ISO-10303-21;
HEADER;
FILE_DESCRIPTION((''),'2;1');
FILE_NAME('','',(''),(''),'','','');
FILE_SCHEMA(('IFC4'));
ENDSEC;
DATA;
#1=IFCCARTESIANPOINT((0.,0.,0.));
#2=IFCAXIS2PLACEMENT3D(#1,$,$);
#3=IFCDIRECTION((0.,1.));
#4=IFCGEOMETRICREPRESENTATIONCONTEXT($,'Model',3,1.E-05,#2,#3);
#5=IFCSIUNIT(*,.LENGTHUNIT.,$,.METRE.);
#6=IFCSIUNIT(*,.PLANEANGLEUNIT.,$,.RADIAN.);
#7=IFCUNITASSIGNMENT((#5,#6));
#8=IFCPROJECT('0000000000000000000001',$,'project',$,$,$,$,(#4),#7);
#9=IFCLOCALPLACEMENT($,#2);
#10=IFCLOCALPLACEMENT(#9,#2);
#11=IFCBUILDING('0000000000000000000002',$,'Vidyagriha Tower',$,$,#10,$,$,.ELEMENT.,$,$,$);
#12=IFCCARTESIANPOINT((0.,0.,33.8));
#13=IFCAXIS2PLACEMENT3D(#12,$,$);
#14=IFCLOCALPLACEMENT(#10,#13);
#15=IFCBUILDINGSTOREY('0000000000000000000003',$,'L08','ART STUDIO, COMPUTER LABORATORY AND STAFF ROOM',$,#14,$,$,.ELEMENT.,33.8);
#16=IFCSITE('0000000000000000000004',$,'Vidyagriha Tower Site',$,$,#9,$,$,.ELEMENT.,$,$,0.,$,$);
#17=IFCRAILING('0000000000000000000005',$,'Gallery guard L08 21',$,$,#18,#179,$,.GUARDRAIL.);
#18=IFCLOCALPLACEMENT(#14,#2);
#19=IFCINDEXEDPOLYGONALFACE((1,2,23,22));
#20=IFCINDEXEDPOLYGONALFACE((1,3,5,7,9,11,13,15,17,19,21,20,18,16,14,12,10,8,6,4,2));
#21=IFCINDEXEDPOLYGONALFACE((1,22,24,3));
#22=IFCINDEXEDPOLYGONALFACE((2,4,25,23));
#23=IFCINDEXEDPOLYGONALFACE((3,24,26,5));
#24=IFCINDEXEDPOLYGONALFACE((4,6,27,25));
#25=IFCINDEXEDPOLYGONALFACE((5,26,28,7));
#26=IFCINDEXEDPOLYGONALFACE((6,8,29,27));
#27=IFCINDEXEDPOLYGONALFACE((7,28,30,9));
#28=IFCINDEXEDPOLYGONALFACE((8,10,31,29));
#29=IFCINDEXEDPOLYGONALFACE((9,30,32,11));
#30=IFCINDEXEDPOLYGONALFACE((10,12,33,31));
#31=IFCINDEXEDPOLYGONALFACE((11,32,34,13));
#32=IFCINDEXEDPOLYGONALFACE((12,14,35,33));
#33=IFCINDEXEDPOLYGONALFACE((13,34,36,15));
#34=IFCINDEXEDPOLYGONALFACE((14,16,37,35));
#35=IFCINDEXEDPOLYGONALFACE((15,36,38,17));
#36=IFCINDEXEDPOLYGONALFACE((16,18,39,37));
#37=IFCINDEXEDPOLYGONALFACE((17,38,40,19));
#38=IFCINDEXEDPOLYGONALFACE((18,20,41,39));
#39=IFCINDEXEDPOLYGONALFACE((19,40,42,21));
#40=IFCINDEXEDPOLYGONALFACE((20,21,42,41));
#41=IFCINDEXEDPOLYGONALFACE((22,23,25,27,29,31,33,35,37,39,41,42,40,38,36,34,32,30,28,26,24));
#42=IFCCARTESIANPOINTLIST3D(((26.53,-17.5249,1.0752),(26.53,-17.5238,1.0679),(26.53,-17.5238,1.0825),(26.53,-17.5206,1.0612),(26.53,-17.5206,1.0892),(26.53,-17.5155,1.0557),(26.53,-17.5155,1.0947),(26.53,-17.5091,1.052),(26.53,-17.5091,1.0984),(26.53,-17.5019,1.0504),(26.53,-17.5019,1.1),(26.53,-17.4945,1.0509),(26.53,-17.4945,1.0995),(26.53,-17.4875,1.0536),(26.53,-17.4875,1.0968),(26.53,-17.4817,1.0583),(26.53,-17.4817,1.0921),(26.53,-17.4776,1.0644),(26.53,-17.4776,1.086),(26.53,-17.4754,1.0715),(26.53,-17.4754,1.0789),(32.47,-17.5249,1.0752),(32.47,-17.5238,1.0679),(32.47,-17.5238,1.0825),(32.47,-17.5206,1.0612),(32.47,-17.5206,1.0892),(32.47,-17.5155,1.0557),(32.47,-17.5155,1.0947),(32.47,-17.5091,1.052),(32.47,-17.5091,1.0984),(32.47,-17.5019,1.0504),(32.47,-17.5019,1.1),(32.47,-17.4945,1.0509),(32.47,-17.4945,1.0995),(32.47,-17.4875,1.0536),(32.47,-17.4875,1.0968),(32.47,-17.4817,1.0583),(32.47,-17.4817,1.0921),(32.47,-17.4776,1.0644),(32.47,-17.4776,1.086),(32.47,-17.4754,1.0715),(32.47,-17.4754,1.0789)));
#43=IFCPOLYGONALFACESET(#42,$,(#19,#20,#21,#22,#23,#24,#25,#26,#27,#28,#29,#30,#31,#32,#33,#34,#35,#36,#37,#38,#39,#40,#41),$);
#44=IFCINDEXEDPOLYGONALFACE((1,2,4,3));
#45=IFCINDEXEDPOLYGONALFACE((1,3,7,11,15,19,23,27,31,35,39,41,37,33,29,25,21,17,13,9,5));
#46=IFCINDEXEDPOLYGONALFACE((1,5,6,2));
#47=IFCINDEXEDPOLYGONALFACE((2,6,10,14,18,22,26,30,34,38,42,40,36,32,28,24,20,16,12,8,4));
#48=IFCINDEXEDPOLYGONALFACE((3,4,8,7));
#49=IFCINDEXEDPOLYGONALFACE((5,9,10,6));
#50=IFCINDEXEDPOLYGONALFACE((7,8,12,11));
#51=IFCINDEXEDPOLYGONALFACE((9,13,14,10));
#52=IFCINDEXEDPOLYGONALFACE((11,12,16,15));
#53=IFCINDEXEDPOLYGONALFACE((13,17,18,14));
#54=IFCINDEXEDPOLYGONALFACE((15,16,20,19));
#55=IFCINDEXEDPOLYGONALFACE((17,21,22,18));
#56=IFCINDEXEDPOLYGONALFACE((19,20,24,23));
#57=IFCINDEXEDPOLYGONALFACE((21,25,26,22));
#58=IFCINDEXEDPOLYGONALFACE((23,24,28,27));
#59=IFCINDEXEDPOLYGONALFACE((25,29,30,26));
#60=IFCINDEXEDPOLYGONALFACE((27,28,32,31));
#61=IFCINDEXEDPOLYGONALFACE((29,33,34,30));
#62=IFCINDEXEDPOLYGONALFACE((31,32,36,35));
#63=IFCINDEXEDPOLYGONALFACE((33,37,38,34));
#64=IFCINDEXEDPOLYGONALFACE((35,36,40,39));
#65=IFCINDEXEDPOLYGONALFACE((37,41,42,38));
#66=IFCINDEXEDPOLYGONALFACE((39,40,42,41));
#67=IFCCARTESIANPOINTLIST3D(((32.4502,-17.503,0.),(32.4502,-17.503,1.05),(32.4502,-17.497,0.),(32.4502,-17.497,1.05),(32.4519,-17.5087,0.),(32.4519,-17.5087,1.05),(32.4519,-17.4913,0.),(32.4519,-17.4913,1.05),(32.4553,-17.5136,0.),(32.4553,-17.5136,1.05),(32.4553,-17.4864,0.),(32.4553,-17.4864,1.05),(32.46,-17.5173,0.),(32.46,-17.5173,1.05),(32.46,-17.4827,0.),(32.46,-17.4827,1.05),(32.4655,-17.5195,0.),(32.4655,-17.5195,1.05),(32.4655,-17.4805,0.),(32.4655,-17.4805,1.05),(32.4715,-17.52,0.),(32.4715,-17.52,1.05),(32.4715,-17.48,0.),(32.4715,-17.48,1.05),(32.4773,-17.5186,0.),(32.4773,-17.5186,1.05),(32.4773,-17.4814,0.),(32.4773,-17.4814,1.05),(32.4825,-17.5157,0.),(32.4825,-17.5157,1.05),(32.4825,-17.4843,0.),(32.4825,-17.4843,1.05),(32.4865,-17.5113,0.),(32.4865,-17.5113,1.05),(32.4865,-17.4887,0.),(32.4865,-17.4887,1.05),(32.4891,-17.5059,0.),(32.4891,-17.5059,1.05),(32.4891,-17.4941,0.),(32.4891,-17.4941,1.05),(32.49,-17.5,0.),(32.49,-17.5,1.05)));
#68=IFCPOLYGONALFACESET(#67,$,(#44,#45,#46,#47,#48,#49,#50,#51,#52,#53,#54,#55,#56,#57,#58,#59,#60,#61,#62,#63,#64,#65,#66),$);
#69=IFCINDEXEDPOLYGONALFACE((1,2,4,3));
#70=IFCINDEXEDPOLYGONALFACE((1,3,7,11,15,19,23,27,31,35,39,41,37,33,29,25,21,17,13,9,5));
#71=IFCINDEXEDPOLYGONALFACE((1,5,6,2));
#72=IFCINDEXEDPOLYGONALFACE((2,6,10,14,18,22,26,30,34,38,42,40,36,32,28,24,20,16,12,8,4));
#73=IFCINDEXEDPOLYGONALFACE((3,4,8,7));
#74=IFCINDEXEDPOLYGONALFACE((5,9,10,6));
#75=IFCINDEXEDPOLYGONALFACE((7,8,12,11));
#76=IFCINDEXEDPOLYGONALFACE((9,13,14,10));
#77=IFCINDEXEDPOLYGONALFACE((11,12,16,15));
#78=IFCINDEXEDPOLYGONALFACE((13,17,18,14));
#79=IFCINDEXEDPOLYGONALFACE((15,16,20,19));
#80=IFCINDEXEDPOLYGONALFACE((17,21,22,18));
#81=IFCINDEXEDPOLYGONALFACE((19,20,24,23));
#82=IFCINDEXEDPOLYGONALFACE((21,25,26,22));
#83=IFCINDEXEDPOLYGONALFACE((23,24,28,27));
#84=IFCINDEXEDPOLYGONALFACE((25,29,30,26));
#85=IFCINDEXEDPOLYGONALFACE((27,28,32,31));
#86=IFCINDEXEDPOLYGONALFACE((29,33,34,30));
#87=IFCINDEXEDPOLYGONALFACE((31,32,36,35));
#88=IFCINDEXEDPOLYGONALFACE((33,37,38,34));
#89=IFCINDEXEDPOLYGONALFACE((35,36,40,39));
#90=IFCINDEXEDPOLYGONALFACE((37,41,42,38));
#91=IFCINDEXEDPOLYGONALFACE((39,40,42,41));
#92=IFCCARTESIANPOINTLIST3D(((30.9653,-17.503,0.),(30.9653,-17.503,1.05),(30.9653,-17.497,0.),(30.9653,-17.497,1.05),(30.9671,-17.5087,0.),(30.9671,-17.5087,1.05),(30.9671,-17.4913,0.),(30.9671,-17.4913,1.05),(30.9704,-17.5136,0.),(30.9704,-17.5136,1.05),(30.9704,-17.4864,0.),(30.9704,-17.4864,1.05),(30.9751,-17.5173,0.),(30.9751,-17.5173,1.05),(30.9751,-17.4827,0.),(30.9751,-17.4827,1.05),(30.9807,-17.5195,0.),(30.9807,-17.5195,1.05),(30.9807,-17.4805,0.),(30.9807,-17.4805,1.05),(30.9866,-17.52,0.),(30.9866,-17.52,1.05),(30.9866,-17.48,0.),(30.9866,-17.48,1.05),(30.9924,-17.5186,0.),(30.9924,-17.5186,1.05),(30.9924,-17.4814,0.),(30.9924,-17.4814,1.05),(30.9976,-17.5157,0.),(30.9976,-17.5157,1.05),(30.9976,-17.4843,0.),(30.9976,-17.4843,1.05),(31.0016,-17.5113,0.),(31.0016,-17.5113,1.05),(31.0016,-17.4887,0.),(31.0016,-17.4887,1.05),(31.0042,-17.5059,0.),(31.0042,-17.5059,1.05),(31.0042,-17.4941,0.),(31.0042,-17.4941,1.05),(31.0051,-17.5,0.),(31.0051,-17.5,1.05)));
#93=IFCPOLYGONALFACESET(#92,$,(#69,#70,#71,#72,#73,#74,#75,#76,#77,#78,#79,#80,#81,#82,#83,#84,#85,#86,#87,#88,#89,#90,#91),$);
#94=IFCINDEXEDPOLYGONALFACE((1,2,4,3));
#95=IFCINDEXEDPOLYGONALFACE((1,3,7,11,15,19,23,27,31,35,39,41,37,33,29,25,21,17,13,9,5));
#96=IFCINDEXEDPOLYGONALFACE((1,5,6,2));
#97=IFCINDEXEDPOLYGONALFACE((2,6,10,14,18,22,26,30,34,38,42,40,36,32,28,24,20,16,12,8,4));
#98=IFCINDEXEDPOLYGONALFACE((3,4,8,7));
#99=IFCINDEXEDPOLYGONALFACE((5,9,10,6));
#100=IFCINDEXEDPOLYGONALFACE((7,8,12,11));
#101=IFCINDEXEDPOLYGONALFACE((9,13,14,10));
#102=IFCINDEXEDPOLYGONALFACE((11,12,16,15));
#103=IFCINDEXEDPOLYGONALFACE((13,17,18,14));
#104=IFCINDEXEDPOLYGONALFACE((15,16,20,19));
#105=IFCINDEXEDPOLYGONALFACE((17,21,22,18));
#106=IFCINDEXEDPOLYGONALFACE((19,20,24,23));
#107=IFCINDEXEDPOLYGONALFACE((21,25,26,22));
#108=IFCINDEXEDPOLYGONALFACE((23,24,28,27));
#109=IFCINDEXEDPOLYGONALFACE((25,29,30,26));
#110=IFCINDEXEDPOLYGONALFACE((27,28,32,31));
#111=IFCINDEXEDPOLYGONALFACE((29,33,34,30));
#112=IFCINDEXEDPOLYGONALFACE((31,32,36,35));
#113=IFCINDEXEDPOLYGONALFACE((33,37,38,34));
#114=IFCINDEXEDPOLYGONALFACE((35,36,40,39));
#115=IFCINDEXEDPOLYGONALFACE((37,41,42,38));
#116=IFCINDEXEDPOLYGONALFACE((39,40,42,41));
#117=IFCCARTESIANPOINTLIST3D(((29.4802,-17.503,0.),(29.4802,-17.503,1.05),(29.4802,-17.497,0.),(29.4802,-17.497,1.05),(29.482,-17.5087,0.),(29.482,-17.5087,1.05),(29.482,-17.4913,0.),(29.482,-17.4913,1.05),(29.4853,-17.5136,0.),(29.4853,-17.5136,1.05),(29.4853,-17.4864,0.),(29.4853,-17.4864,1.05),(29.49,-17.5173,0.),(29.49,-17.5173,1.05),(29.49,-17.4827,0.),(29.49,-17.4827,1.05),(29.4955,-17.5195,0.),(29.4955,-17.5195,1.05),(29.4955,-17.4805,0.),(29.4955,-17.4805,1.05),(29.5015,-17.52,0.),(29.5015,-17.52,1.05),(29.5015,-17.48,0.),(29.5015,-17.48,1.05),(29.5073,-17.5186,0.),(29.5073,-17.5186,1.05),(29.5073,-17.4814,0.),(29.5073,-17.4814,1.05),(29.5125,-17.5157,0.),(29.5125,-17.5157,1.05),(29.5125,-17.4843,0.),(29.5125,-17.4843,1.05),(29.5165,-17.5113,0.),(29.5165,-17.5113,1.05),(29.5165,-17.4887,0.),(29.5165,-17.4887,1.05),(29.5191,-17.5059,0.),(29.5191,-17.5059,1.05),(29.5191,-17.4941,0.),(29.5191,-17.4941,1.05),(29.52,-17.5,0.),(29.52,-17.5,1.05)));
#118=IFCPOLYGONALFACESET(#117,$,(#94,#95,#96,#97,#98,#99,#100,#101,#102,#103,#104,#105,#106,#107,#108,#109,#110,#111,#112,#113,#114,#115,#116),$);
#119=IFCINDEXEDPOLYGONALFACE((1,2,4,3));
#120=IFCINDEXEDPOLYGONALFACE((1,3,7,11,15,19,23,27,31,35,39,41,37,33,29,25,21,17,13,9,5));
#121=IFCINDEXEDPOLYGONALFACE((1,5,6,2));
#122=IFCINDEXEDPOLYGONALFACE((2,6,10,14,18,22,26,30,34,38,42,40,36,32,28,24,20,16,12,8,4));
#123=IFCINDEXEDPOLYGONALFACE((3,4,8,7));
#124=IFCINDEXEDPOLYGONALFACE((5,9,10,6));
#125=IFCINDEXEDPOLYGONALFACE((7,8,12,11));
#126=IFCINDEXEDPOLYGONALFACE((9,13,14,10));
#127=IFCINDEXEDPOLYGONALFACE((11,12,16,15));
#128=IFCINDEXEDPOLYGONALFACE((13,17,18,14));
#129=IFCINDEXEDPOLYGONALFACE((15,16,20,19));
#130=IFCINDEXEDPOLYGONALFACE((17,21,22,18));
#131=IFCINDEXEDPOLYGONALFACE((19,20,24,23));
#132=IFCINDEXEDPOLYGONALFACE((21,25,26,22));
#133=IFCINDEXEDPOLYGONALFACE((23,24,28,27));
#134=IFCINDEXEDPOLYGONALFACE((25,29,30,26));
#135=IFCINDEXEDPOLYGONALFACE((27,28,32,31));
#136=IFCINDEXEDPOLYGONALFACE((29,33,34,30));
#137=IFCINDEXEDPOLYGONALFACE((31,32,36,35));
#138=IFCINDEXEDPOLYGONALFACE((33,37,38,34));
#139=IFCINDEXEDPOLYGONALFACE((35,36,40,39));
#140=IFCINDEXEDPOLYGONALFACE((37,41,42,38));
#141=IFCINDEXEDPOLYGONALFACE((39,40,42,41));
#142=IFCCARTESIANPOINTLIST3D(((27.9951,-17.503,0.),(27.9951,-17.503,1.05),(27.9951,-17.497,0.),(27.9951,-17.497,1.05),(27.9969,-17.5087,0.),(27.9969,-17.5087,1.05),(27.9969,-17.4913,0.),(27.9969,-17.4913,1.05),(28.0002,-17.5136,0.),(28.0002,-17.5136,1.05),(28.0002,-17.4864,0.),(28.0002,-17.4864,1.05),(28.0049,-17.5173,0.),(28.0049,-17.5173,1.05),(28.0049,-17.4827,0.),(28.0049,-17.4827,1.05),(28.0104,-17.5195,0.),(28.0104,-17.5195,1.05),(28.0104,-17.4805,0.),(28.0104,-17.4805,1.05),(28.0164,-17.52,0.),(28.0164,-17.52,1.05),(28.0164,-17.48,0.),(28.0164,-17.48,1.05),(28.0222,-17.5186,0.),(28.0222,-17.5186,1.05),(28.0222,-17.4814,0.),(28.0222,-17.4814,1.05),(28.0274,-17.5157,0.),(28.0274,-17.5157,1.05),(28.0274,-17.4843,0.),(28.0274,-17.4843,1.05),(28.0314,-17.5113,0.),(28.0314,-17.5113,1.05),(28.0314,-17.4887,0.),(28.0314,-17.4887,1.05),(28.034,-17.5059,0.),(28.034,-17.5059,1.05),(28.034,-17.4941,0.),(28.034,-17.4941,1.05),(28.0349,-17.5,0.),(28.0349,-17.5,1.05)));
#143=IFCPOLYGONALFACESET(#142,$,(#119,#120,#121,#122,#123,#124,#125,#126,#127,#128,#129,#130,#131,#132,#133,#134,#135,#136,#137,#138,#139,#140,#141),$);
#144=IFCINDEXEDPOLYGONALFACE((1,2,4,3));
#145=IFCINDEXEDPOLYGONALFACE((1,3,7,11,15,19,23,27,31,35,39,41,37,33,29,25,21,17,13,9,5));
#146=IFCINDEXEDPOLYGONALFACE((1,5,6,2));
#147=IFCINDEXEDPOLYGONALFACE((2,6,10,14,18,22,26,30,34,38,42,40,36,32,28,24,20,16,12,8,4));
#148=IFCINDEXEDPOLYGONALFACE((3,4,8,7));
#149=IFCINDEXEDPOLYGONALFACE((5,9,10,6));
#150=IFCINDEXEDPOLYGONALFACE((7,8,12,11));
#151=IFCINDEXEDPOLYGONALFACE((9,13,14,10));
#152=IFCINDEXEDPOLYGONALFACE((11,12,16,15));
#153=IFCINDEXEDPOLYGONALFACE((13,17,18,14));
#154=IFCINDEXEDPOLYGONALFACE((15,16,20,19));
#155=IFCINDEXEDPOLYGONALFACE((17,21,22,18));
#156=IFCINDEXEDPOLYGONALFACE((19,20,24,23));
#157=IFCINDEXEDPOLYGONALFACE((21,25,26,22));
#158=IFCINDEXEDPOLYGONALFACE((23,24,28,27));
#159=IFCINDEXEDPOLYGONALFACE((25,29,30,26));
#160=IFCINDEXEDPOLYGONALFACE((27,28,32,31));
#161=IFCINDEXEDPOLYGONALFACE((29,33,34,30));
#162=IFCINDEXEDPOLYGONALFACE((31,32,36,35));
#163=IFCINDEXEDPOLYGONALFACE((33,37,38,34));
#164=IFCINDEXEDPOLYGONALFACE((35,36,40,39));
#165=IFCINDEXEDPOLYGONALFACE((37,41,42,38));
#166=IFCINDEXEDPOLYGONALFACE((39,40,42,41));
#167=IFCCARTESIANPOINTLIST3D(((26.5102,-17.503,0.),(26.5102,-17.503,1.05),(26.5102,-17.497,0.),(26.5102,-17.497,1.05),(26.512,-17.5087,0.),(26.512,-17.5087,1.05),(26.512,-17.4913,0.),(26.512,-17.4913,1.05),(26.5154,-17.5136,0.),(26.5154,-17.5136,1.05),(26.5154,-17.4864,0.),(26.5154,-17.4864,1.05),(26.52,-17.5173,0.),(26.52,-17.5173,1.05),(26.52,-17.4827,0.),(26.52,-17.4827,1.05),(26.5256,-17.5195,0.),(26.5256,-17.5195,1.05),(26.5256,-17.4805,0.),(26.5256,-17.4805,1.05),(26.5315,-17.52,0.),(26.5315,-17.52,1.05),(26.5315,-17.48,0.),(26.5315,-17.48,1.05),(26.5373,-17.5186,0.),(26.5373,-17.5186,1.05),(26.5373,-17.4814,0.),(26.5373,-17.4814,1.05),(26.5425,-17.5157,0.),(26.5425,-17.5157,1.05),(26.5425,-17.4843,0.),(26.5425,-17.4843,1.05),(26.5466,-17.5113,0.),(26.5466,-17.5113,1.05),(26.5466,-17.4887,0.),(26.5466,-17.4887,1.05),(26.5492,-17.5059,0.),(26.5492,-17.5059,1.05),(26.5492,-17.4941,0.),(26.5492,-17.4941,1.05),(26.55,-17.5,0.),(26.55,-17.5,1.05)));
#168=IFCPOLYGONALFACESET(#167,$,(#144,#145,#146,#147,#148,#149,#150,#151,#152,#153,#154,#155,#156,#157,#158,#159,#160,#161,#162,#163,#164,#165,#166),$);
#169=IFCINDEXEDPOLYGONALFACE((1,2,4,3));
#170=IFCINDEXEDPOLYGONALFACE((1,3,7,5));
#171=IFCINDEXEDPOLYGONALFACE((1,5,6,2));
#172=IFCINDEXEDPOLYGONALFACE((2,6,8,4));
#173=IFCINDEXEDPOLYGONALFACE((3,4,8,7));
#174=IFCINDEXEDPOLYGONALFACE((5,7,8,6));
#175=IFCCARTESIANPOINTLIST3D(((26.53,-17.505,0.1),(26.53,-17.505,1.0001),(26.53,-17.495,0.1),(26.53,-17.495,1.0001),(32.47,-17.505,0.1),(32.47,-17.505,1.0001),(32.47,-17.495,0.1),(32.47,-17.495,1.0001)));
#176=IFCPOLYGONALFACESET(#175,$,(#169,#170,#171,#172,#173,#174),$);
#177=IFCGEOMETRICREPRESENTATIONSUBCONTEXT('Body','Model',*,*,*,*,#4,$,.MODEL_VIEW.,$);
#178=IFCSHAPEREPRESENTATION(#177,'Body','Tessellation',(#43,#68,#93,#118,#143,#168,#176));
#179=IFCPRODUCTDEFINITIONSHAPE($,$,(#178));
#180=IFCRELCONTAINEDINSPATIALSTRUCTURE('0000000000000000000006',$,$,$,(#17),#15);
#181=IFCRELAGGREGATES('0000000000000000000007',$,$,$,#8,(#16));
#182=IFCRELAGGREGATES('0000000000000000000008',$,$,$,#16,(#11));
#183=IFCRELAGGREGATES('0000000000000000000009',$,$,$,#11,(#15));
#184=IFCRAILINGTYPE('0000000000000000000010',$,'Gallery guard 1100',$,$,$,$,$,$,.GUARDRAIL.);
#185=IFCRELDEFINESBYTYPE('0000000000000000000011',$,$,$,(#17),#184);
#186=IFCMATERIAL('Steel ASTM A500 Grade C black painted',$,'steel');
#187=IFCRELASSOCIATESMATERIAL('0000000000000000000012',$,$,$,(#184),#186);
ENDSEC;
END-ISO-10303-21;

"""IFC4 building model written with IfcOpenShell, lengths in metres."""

from ifc_helpers import new_model, si_unit, direction, frame, origin, origin_2d, place, context, subcontext, project, spatial, rectangle, circle, extrude, material, type_object, element, save


model = new_model("IFC4")

# Units and contexts
model_context = context("Model", 3, precision=1e-05, world=origin(), true_north=direction((0.0, 1.0)))
body_context = subcontext(model_context, "Body", "Model", "MODEL_VIEW")
ifc_project = project(units=[si_unit("LENGTHUNIT", "METRE"), si_unit("PLANEANGLEUNIT", "RADIAN")], contexts=[model_context])

# Site, building, storey
site_placement = place(None, origin())
site = spatial("IfcSite", under=ifc_project, at=site_placement, Name="Vidyagriha Tower Site", CompositionType="ELEMENT", RefElevation=0.0)
building_placement = place(site_placement, origin())
building = spatial("IfcBuilding", under=site, at=building_placement, Name="Vidyagriha Tower", CompositionType="ELEMENT")
storey_placement = place(building_placement, frame((0.0, 0.0, 33.8)))
storey = spatial("IfcBuildingStorey", under=building, at=storey_placement, Name="L08", Description="ART STUDIO, COMPUTER LABORATORY AND STAFF ROOM", CompositionType="ELEMENT", Elevation=33.8)

# Railing
ifc_material_1 = material(Name="Steel ASTM A500 Grade C black painted", Category="steel")
railing_type = type_object("IfcRailingType", Name="Gallery guard 1100", PredefinedType="GUARDRAIL", material=ifc_material_1)
railing_1_placement = place(storey_placement, frame((32.47, -17.5, 0.0)))
element("IfcRailing", 1, at=railing_1_placement, inside=storey, type_object=railing_type, Name="Gallery guard L08 21", PredefinedType="GUARDRAIL", context=body_context, shape_type="SweptSolid", body=[
    extrude(circle(Radius=0.0249, at=origin_2d()), frame((0.0, 0.0, 1.0752), z_axis=(-1.0, 0.0, 0.0), x_axis=(0.0, -1.0, 0.0)), (0.0, 0.0, 1.0), 5.9399),
    extrude(circle(Radius=0.02, at=origin_2d()), origin(), (0.0, 0.0, 1.0), 1.05),
    extrude(circle(Radius=0.02, at=origin_2d()), frame((-1.4849, 0.0, 0.0)), (0.0, 0.0, 1.0), 1.05),
    extrude(circle(Radius=0.02, at=origin_2d()), frame((-2.97, 0.0, 0.0)), (0.0, 0.0, 1.0), 1.05),
    extrude(circle(Radius=0.02, at=origin_2d()), frame((-4.4551, 0.0, 0.0)), (0.0, 0.0, 1.0), 1.05),
    extrude(circle(Radius=0.02, at=origin_2d()), frame((-5.9399, 0.0, 0.0)), (0.0, 0.0, 1.0), 1.05),
    extrude(rectangle(XDim=0.01, YDim=0.9001, at=origin_2d()), frame((0.0, 0.0, 0.55), z_axis=(-1.0, 0.0, 0.0), x_axis=(0.0, -1.0, 0.0)), (0.0, 0.0, 1.0), 5.9399),
])

save(model, "model.ifc")
